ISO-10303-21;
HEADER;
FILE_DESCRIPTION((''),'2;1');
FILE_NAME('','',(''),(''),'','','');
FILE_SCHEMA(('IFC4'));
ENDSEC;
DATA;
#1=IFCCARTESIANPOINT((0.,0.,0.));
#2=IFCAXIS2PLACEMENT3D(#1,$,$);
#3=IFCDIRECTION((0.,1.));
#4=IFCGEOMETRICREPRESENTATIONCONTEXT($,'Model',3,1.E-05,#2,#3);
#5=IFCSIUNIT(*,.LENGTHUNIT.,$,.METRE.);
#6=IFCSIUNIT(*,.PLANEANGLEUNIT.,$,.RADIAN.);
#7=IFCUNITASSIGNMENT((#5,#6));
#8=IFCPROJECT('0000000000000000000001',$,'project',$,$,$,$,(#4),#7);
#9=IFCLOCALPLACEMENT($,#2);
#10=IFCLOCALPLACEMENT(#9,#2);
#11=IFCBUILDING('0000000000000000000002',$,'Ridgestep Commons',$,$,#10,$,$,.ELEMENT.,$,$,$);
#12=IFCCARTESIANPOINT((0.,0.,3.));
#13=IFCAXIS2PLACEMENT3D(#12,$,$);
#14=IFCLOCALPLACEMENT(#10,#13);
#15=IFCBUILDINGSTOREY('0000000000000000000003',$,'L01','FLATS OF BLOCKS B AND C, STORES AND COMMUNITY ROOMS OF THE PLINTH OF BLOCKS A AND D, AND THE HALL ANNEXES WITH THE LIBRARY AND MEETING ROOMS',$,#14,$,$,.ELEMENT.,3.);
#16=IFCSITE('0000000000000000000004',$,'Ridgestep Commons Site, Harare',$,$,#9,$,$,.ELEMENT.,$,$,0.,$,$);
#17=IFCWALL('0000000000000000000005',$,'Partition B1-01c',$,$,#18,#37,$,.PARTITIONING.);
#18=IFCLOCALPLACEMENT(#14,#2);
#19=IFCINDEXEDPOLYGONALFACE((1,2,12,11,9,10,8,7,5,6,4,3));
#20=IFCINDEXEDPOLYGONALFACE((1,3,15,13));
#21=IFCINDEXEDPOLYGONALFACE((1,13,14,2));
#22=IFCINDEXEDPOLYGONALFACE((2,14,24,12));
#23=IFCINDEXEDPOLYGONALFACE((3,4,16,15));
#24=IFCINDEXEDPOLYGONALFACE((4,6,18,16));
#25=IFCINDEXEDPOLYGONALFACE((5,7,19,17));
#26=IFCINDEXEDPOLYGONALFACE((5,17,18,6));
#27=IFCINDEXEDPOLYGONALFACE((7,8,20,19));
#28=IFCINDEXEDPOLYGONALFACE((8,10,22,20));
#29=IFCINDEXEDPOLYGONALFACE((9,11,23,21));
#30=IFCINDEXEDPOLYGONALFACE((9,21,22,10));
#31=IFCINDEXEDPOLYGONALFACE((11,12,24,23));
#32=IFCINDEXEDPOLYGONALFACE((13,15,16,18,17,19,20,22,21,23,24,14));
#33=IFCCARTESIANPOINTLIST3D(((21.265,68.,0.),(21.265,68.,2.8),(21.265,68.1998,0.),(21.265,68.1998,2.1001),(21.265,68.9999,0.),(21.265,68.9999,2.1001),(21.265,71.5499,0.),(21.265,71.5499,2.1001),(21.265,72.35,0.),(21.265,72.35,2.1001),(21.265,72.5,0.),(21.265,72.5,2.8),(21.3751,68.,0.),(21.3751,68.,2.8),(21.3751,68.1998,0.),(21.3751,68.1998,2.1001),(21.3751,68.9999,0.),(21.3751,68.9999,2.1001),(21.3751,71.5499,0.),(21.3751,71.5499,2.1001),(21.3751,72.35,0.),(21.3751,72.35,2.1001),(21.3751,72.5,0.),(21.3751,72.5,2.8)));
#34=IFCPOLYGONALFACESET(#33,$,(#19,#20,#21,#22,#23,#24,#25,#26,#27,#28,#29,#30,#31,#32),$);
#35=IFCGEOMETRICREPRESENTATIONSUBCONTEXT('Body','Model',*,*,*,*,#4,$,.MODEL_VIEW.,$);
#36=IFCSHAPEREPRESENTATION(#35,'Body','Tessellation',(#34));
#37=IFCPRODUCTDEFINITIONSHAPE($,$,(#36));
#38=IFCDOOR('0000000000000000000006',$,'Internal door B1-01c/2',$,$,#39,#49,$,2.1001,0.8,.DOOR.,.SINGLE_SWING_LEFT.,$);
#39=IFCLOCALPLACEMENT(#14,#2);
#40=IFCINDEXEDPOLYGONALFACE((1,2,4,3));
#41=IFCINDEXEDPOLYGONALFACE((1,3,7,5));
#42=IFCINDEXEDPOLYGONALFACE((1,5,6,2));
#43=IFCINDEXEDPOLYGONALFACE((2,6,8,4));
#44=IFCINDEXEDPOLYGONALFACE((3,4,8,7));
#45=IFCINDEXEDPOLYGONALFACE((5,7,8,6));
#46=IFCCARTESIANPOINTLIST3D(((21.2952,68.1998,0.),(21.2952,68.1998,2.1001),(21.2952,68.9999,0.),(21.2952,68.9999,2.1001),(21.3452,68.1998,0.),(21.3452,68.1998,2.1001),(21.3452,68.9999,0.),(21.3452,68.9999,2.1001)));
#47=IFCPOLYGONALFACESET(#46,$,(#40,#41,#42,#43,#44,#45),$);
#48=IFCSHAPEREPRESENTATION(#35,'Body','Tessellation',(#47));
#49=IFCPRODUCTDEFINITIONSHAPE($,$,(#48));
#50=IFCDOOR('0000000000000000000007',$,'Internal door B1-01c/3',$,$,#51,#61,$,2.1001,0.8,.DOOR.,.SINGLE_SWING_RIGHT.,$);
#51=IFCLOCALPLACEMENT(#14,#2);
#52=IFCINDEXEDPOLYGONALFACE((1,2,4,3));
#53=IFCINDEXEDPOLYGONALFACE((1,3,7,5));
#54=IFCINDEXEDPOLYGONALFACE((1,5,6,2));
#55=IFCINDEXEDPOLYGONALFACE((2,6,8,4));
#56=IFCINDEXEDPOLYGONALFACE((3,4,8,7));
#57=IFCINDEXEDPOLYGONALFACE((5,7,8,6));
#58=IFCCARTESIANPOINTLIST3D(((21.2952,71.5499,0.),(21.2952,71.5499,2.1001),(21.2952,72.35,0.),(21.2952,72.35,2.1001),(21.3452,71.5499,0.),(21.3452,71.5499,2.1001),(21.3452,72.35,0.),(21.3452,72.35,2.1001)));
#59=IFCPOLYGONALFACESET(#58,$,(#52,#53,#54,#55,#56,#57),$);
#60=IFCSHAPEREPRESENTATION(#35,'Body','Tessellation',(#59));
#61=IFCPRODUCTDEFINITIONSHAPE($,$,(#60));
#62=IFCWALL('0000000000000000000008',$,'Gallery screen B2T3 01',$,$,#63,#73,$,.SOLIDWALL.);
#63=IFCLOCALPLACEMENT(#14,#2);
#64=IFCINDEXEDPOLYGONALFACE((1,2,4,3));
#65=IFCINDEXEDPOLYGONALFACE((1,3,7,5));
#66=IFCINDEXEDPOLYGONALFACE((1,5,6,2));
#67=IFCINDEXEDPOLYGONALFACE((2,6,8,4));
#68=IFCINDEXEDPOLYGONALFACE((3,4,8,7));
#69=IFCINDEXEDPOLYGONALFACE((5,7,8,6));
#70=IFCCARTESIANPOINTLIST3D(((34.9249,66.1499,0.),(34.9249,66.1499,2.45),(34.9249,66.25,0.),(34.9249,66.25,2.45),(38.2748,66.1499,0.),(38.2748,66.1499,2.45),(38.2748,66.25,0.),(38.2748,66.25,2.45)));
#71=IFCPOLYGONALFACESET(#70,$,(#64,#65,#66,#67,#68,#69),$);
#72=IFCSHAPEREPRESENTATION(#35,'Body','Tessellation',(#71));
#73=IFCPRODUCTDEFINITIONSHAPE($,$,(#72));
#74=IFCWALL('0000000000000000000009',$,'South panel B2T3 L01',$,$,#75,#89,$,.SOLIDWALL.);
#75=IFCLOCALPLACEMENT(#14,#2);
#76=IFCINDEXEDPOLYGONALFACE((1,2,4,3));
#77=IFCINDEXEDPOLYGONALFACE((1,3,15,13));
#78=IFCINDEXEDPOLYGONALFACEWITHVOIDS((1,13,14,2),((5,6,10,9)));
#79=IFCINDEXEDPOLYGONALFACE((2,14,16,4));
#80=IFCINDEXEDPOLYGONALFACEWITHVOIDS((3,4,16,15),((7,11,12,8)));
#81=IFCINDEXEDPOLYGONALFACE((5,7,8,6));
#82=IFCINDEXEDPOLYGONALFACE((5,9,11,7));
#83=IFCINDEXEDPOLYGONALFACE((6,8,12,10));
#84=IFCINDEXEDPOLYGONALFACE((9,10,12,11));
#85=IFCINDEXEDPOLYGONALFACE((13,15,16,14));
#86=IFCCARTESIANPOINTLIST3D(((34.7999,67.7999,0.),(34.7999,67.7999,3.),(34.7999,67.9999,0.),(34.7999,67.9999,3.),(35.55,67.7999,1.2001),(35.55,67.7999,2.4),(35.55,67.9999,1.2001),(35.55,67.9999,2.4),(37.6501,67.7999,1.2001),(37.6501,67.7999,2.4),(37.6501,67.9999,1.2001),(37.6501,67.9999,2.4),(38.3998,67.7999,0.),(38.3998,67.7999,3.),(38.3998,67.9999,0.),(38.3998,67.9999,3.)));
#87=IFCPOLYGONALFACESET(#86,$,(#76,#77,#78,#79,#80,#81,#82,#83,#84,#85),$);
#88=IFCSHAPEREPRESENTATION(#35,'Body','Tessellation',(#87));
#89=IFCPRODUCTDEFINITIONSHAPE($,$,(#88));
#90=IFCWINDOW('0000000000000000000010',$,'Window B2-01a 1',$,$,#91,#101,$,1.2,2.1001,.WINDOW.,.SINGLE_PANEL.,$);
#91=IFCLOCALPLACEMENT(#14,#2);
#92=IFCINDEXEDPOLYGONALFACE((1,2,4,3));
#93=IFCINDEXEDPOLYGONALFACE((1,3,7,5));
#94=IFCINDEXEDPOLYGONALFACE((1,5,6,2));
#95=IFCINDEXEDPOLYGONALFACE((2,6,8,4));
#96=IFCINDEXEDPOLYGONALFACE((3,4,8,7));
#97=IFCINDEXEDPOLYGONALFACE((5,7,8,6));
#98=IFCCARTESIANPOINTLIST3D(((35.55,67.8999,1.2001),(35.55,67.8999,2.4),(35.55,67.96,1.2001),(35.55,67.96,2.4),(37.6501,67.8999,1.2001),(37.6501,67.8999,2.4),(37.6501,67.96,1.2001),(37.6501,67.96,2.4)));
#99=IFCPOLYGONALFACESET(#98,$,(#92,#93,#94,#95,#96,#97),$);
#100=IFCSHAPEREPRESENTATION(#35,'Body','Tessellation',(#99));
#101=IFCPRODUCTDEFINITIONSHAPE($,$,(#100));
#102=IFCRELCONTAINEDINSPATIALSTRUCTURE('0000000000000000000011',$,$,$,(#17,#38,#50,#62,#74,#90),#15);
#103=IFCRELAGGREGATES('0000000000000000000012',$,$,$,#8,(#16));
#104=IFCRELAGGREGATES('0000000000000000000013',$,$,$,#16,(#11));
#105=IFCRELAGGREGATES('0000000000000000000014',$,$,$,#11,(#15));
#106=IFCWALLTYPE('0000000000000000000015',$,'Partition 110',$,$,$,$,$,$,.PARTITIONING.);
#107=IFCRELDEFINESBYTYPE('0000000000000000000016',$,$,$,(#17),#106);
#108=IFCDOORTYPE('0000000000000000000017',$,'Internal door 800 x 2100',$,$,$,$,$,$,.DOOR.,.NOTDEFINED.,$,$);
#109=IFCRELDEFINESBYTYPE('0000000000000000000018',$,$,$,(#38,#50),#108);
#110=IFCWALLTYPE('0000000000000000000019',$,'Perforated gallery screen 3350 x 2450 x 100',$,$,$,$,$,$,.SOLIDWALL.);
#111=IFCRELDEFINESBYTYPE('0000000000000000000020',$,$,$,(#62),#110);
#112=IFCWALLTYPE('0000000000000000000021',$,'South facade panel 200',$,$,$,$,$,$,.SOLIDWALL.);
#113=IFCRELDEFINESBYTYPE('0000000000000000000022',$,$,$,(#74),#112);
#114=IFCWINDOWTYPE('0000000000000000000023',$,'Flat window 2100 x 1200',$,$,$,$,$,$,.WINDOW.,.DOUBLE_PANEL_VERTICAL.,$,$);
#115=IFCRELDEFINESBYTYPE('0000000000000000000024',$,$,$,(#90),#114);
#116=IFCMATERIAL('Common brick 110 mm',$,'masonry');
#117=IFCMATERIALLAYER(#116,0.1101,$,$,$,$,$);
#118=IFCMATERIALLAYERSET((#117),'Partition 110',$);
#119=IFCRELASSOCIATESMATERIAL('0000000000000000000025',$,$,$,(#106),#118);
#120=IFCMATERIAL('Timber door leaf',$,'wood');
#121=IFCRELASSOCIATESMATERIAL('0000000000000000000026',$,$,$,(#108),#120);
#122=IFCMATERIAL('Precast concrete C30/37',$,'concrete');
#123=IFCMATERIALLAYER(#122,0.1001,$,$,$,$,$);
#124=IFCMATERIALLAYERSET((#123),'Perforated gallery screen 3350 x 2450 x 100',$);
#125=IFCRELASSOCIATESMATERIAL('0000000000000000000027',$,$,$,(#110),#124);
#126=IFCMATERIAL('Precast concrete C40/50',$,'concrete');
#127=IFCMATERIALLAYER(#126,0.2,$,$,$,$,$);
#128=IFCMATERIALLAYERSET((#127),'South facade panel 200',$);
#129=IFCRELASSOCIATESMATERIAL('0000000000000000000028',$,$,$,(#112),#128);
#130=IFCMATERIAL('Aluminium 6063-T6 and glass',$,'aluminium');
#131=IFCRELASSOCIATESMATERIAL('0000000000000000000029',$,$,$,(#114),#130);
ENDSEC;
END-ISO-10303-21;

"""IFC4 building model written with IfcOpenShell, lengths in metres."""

from ifc_helpers import new_model, si_unit, direction, frame, frame_2d, origin, place, context, subcontext, project, spatial, rectangle, extrude, material, layer, layer_set, type_object, element, fill, save


model = new_model("IFC4")

# Units and contexts
model_context = context("Model", 3, precision=1e-05, world=origin(), true_north=direction((0.0, 1.0)))
body_context = subcontext(model_context, "Body", "Model", "MODEL_VIEW")
ifc_project = project(units=[si_unit("LENGTHUNIT", "METRE"), si_unit("PLANEANGLEUNIT", "RADIAN")], contexts=[model_context])

# Site, building, storey
site_placement = place(None, origin())
site = spatial("IfcSite", under=ifc_project, at=site_placement, Name="Ridgestep Commons Site, Harare", CompositionType="ELEMENT", RefElevation=0.0)
building_placement = place(site_placement, origin())
building = spatial("IfcBuilding", under=site, at=building_placement, Name="Ridgestep Commons", CompositionType="ELEMENT")
storey_placement = place(building_placement, frame((0.0, 0.0, 3.0)))
storey = spatial("IfcBuildingStorey", under=building, at=storey_placement, Name="L01", Description="FLATS OF BLOCKS B AND C, STORES AND COMMUNITY ROOMS OF THE PLINTH OF BLOCKS A AND D, AND THE HALL ANNEXES WITH THE LIBRARY AND MEETING ROOMS", CompositionType="ELEMENT", Elevation=3.0)

# Wall, openings, doors
ifc_material_1 = material(Name="Common brick 110 mm", Category="masonry")
ifc_layer_1 = layer(ifc_material_1, 0.1101)
ifc_layer_set_1 = layer_set([ifc_layer_1], Name="Partition 110")
wall_type_1 = type_object("IfcWallType", Name="Partition 110", PredefinedType="PARTITIONING", material=ifc_layer_set_1)
wall_1_placement = place(storey_placement, frame((21.3201, 68.0, 0.0), z_axis=(0.0, 0.0, 1.0), x_axis=(0.0, 1.0, 0.0)))
wall_1 = element("IfcWall", 1, at=wall_1_placement, inside=storey, type_object=wall_type_1, Name="Partition B1-01c", PredefinedType="PARTITIONING", context=body_context, shape_type="SweptSolid", body=[
    extrude(rectangle(XDim=4.5, YDim=0.1101, at=frame_2d((2.25, 0.0))), origin(), (0.0, 0.0, 1.0), 2.8),
])
opening_1_placement = place(wall_1_placement, frame((0.2, 0.0, 0.0)))
opening_1 = element("IfcOpeningElement", 2, at=opening_1_placement, cuts=wall_1, PredefinedType="OPENING", context=body_context, shape_type="SweptSolid", body=[
    extrude(rectangle(XDim=0.8, YDim=2.1001, at=frame_2d((0.3999, 1.05))), frame((0.0, 0.0649, 0.0), z_axis=(0.0, -1.0, 0.0), x_axis=(1.0, 0.0, 0.0)), (0.0, 0.0, 1.0), 0.1301),
])
opening_2_placement = place(wall_1_placement, frame((3.55, 0.0, 0.0)))
opening_2 = element("IfcOpeningElement", 3, at=opening_2_placement, cuts=wall_1, PredefinedType="OPENING", context=body_context, shape_type="SweptSolid", body=[
    extrude(rectangle(XDim=0.8, YDim=2.1001, at=frame_2d((0.3999, 1.05))), frame((0.0, 0.0649, 0.0), z_axis=(0.0, -1.0, 0.0), x_axis=(1.0, 0.0, 0.0)), (0.0, 0.0, 1.0), 0.1301),
])
ifc_material_2 = material(Name="Timber door leaf", Category="wood")
door_type_1 = type_object("IfcDoorType", Name="Internal door 800 x 2100", OperationType="NOTDEFINED", PredefinedType="DOOR", material=ifc_material_2)
door_1_placement = place(opening_1_placement, origin())
door_1 = element("IfcDoor", 4, at=door_1_placement, inside=storey, type_object=door_type_1, Name="Internal door B1-01c/2", OperationType="SINGLE_SWING_LEFT", OverallHeight=2.1001, OverallWidth=0.8, PredefinedType="DOOR", context=body_context, shape_type="SweptSolid", body=[
    extrude(rectangle(XDim=0.8, YDim=2.1001, at=frame_2d((0.3999, 1.05))), frame((0.0, 0.0249, 0.0), z_axis=(0.0, -1.0, 0.0), x_axis=(1.0, 0.0, 0.0)), (0.0, 0.0, 1.0), 0.05),
])
fill(opening_1, door_1)
door_2_placement = place(opening_2_placement, origin())
door_2 = element("IfcDoor", 5, at=door_2_placement, inside=storey, type_object=door_type_1, Name="Internal door B1-01c/3", OperationType="SINGLE_SWING_RIGHT", OverallHeight=2.1001, OverallWidth=0.8, PredefinedType="DOOR", context=body_context, shape_type="SweptSolid", body=[
    extrude(rectangle(XDim=0.8, YDim=2.1001, at=frame_2d((0.3999, 1.05))), frame((0.0, 0.0249, 0.0), z_axis=(0.0, -1.0, 0.0), x_axis=(1.0, 0.0, 0.0)), (0.0, 0.0, 1.0), 0.05),
])
fill(opening_2, door_2)

# Wall
ifc_material_3 = material(Name="Precast concrete C30/37", Category="concrete")
ifc_layer_2 = layer(ifc_material_3, 0.1001)
ifc_layer_set_2 = layer_set([ifc_layer_2], Name="Perforated gallery screen 3350 x 2450 x 100")
wall_type_2 = type_object("IfcWallType", Name="Perforated gallery screen 3350 x 2450 x 100", PredefinedType="SOLIDWALL", material=ifc_layer_set_2)
wall_2_placement = place(storey_placement, frame((34.925, 66.2, 0.0), z_axis=(0.0, 0.0, 1.0), x_axis=(1.0, 0.0, 0.0)))
element("IfcWall", 6, at=wall_2_placement, inside=storey, type_object=wall_type_2, Name="Gallery screen B2T3 01", PredefinedType="SOLIDWALL", context=body_context, shape_type="SweptSolid", body=[
    extrude(rectangle(XDim=3.3499, YDim=0.1001, at=frame_2d((1.6748, 0.0))), origin(), (0.0, 0.0, 1.0), 2.45),
])

# Wall, opening, window
ifc_material_4 = material(Name="Precast concrete C40/50", Category="concrete")
ifc_layer_3 = layer(ifc_material_4, 0.2)
ifc_layer_set_3 = layer_set([ifc_layer_3], Name="South facade panel 200")
wall_type_3 = type_object("IfcWallType", Name="South facade panel 200", PredefinedType="SOLIDWALL", material=ifc_layer_set_3)
wall_3_placement = place(storey_placement, frame((34.8, 67.8999, 0.0), z_axis=(0.0, 0.0, 1.0), x_axis=(1.0, 0.0, 0.0)))
wall_3 = element("IfcWall", 7, at=wall_3_placement, inside=storey, type_object=wall_type_3, Name="South panel B2T3 L01", PredefinedType="SOLIDWALL", context=body_context, shape_type="SweptSolid", body=[
    extrude(rectangle(XDim=3.5999, YDim=0.2, at=frame_2d((1.7998, 0.0))), origin(), (0.0, 0.0, 1.0), 3.0),
])
opening_3_placement = place(wall_3_placement, frame((0.75, 0.0, 1.2)))
opening_3 = element("IfcOpeningElement", 8, at=opening_3_placement, cuts=wall_3, PredefinedType="OPENING", context=body_context, shape_type="SweptSolid", body=[
    extrude(rectangle(XDim=2.1001, YDim=1.2, at=frame_2d((1.05, 0.6001))), frame((0.0, 0.1099, 0.0), z_axis=(0.0, -1.0, 0.0), x_axis=(1.0, 0.0, 0.0)), (0.0, 0.0, 1.0), 0.22),
])
ifc_material_5 = material(Name="Aluminium 6063-T6 and glass", Category="aluminium")
window_type = type_object("IfcWindowType", Name="Flat window 2100 x 1200", PartitioningType="DOUBLE_PANEL_VERTICAL", PredefinedType="WINDOW", material=ifc_material_5)
window_placement = place(opening_3_placement, origin())
window = element("IfcWindow", 9, at=window_placement, inside=storey, type_object=window_type, Name="Window B2-01a 1", OverallHeight=1.2, OverallWidth=2.1001, PartitioningType="SINGLE_PANEL", PredefinedType="WINDOW", context=body_context, shape_type="SweptSolid", body=[
    extrude(rectangle(XDim=2.1001, YDim=1.2, at=frame_2d((1.05, 0.6001))), frame((0.0, 0.0601, 0.0), z_axis=(0.0, -1.0, 0.0), x_axis=(1.0, 0.0, 0.0)), (0.0, 0.0, 1.0), 0.0601),
])
fill(opening_3, window)

save(model, "model.ifc")
